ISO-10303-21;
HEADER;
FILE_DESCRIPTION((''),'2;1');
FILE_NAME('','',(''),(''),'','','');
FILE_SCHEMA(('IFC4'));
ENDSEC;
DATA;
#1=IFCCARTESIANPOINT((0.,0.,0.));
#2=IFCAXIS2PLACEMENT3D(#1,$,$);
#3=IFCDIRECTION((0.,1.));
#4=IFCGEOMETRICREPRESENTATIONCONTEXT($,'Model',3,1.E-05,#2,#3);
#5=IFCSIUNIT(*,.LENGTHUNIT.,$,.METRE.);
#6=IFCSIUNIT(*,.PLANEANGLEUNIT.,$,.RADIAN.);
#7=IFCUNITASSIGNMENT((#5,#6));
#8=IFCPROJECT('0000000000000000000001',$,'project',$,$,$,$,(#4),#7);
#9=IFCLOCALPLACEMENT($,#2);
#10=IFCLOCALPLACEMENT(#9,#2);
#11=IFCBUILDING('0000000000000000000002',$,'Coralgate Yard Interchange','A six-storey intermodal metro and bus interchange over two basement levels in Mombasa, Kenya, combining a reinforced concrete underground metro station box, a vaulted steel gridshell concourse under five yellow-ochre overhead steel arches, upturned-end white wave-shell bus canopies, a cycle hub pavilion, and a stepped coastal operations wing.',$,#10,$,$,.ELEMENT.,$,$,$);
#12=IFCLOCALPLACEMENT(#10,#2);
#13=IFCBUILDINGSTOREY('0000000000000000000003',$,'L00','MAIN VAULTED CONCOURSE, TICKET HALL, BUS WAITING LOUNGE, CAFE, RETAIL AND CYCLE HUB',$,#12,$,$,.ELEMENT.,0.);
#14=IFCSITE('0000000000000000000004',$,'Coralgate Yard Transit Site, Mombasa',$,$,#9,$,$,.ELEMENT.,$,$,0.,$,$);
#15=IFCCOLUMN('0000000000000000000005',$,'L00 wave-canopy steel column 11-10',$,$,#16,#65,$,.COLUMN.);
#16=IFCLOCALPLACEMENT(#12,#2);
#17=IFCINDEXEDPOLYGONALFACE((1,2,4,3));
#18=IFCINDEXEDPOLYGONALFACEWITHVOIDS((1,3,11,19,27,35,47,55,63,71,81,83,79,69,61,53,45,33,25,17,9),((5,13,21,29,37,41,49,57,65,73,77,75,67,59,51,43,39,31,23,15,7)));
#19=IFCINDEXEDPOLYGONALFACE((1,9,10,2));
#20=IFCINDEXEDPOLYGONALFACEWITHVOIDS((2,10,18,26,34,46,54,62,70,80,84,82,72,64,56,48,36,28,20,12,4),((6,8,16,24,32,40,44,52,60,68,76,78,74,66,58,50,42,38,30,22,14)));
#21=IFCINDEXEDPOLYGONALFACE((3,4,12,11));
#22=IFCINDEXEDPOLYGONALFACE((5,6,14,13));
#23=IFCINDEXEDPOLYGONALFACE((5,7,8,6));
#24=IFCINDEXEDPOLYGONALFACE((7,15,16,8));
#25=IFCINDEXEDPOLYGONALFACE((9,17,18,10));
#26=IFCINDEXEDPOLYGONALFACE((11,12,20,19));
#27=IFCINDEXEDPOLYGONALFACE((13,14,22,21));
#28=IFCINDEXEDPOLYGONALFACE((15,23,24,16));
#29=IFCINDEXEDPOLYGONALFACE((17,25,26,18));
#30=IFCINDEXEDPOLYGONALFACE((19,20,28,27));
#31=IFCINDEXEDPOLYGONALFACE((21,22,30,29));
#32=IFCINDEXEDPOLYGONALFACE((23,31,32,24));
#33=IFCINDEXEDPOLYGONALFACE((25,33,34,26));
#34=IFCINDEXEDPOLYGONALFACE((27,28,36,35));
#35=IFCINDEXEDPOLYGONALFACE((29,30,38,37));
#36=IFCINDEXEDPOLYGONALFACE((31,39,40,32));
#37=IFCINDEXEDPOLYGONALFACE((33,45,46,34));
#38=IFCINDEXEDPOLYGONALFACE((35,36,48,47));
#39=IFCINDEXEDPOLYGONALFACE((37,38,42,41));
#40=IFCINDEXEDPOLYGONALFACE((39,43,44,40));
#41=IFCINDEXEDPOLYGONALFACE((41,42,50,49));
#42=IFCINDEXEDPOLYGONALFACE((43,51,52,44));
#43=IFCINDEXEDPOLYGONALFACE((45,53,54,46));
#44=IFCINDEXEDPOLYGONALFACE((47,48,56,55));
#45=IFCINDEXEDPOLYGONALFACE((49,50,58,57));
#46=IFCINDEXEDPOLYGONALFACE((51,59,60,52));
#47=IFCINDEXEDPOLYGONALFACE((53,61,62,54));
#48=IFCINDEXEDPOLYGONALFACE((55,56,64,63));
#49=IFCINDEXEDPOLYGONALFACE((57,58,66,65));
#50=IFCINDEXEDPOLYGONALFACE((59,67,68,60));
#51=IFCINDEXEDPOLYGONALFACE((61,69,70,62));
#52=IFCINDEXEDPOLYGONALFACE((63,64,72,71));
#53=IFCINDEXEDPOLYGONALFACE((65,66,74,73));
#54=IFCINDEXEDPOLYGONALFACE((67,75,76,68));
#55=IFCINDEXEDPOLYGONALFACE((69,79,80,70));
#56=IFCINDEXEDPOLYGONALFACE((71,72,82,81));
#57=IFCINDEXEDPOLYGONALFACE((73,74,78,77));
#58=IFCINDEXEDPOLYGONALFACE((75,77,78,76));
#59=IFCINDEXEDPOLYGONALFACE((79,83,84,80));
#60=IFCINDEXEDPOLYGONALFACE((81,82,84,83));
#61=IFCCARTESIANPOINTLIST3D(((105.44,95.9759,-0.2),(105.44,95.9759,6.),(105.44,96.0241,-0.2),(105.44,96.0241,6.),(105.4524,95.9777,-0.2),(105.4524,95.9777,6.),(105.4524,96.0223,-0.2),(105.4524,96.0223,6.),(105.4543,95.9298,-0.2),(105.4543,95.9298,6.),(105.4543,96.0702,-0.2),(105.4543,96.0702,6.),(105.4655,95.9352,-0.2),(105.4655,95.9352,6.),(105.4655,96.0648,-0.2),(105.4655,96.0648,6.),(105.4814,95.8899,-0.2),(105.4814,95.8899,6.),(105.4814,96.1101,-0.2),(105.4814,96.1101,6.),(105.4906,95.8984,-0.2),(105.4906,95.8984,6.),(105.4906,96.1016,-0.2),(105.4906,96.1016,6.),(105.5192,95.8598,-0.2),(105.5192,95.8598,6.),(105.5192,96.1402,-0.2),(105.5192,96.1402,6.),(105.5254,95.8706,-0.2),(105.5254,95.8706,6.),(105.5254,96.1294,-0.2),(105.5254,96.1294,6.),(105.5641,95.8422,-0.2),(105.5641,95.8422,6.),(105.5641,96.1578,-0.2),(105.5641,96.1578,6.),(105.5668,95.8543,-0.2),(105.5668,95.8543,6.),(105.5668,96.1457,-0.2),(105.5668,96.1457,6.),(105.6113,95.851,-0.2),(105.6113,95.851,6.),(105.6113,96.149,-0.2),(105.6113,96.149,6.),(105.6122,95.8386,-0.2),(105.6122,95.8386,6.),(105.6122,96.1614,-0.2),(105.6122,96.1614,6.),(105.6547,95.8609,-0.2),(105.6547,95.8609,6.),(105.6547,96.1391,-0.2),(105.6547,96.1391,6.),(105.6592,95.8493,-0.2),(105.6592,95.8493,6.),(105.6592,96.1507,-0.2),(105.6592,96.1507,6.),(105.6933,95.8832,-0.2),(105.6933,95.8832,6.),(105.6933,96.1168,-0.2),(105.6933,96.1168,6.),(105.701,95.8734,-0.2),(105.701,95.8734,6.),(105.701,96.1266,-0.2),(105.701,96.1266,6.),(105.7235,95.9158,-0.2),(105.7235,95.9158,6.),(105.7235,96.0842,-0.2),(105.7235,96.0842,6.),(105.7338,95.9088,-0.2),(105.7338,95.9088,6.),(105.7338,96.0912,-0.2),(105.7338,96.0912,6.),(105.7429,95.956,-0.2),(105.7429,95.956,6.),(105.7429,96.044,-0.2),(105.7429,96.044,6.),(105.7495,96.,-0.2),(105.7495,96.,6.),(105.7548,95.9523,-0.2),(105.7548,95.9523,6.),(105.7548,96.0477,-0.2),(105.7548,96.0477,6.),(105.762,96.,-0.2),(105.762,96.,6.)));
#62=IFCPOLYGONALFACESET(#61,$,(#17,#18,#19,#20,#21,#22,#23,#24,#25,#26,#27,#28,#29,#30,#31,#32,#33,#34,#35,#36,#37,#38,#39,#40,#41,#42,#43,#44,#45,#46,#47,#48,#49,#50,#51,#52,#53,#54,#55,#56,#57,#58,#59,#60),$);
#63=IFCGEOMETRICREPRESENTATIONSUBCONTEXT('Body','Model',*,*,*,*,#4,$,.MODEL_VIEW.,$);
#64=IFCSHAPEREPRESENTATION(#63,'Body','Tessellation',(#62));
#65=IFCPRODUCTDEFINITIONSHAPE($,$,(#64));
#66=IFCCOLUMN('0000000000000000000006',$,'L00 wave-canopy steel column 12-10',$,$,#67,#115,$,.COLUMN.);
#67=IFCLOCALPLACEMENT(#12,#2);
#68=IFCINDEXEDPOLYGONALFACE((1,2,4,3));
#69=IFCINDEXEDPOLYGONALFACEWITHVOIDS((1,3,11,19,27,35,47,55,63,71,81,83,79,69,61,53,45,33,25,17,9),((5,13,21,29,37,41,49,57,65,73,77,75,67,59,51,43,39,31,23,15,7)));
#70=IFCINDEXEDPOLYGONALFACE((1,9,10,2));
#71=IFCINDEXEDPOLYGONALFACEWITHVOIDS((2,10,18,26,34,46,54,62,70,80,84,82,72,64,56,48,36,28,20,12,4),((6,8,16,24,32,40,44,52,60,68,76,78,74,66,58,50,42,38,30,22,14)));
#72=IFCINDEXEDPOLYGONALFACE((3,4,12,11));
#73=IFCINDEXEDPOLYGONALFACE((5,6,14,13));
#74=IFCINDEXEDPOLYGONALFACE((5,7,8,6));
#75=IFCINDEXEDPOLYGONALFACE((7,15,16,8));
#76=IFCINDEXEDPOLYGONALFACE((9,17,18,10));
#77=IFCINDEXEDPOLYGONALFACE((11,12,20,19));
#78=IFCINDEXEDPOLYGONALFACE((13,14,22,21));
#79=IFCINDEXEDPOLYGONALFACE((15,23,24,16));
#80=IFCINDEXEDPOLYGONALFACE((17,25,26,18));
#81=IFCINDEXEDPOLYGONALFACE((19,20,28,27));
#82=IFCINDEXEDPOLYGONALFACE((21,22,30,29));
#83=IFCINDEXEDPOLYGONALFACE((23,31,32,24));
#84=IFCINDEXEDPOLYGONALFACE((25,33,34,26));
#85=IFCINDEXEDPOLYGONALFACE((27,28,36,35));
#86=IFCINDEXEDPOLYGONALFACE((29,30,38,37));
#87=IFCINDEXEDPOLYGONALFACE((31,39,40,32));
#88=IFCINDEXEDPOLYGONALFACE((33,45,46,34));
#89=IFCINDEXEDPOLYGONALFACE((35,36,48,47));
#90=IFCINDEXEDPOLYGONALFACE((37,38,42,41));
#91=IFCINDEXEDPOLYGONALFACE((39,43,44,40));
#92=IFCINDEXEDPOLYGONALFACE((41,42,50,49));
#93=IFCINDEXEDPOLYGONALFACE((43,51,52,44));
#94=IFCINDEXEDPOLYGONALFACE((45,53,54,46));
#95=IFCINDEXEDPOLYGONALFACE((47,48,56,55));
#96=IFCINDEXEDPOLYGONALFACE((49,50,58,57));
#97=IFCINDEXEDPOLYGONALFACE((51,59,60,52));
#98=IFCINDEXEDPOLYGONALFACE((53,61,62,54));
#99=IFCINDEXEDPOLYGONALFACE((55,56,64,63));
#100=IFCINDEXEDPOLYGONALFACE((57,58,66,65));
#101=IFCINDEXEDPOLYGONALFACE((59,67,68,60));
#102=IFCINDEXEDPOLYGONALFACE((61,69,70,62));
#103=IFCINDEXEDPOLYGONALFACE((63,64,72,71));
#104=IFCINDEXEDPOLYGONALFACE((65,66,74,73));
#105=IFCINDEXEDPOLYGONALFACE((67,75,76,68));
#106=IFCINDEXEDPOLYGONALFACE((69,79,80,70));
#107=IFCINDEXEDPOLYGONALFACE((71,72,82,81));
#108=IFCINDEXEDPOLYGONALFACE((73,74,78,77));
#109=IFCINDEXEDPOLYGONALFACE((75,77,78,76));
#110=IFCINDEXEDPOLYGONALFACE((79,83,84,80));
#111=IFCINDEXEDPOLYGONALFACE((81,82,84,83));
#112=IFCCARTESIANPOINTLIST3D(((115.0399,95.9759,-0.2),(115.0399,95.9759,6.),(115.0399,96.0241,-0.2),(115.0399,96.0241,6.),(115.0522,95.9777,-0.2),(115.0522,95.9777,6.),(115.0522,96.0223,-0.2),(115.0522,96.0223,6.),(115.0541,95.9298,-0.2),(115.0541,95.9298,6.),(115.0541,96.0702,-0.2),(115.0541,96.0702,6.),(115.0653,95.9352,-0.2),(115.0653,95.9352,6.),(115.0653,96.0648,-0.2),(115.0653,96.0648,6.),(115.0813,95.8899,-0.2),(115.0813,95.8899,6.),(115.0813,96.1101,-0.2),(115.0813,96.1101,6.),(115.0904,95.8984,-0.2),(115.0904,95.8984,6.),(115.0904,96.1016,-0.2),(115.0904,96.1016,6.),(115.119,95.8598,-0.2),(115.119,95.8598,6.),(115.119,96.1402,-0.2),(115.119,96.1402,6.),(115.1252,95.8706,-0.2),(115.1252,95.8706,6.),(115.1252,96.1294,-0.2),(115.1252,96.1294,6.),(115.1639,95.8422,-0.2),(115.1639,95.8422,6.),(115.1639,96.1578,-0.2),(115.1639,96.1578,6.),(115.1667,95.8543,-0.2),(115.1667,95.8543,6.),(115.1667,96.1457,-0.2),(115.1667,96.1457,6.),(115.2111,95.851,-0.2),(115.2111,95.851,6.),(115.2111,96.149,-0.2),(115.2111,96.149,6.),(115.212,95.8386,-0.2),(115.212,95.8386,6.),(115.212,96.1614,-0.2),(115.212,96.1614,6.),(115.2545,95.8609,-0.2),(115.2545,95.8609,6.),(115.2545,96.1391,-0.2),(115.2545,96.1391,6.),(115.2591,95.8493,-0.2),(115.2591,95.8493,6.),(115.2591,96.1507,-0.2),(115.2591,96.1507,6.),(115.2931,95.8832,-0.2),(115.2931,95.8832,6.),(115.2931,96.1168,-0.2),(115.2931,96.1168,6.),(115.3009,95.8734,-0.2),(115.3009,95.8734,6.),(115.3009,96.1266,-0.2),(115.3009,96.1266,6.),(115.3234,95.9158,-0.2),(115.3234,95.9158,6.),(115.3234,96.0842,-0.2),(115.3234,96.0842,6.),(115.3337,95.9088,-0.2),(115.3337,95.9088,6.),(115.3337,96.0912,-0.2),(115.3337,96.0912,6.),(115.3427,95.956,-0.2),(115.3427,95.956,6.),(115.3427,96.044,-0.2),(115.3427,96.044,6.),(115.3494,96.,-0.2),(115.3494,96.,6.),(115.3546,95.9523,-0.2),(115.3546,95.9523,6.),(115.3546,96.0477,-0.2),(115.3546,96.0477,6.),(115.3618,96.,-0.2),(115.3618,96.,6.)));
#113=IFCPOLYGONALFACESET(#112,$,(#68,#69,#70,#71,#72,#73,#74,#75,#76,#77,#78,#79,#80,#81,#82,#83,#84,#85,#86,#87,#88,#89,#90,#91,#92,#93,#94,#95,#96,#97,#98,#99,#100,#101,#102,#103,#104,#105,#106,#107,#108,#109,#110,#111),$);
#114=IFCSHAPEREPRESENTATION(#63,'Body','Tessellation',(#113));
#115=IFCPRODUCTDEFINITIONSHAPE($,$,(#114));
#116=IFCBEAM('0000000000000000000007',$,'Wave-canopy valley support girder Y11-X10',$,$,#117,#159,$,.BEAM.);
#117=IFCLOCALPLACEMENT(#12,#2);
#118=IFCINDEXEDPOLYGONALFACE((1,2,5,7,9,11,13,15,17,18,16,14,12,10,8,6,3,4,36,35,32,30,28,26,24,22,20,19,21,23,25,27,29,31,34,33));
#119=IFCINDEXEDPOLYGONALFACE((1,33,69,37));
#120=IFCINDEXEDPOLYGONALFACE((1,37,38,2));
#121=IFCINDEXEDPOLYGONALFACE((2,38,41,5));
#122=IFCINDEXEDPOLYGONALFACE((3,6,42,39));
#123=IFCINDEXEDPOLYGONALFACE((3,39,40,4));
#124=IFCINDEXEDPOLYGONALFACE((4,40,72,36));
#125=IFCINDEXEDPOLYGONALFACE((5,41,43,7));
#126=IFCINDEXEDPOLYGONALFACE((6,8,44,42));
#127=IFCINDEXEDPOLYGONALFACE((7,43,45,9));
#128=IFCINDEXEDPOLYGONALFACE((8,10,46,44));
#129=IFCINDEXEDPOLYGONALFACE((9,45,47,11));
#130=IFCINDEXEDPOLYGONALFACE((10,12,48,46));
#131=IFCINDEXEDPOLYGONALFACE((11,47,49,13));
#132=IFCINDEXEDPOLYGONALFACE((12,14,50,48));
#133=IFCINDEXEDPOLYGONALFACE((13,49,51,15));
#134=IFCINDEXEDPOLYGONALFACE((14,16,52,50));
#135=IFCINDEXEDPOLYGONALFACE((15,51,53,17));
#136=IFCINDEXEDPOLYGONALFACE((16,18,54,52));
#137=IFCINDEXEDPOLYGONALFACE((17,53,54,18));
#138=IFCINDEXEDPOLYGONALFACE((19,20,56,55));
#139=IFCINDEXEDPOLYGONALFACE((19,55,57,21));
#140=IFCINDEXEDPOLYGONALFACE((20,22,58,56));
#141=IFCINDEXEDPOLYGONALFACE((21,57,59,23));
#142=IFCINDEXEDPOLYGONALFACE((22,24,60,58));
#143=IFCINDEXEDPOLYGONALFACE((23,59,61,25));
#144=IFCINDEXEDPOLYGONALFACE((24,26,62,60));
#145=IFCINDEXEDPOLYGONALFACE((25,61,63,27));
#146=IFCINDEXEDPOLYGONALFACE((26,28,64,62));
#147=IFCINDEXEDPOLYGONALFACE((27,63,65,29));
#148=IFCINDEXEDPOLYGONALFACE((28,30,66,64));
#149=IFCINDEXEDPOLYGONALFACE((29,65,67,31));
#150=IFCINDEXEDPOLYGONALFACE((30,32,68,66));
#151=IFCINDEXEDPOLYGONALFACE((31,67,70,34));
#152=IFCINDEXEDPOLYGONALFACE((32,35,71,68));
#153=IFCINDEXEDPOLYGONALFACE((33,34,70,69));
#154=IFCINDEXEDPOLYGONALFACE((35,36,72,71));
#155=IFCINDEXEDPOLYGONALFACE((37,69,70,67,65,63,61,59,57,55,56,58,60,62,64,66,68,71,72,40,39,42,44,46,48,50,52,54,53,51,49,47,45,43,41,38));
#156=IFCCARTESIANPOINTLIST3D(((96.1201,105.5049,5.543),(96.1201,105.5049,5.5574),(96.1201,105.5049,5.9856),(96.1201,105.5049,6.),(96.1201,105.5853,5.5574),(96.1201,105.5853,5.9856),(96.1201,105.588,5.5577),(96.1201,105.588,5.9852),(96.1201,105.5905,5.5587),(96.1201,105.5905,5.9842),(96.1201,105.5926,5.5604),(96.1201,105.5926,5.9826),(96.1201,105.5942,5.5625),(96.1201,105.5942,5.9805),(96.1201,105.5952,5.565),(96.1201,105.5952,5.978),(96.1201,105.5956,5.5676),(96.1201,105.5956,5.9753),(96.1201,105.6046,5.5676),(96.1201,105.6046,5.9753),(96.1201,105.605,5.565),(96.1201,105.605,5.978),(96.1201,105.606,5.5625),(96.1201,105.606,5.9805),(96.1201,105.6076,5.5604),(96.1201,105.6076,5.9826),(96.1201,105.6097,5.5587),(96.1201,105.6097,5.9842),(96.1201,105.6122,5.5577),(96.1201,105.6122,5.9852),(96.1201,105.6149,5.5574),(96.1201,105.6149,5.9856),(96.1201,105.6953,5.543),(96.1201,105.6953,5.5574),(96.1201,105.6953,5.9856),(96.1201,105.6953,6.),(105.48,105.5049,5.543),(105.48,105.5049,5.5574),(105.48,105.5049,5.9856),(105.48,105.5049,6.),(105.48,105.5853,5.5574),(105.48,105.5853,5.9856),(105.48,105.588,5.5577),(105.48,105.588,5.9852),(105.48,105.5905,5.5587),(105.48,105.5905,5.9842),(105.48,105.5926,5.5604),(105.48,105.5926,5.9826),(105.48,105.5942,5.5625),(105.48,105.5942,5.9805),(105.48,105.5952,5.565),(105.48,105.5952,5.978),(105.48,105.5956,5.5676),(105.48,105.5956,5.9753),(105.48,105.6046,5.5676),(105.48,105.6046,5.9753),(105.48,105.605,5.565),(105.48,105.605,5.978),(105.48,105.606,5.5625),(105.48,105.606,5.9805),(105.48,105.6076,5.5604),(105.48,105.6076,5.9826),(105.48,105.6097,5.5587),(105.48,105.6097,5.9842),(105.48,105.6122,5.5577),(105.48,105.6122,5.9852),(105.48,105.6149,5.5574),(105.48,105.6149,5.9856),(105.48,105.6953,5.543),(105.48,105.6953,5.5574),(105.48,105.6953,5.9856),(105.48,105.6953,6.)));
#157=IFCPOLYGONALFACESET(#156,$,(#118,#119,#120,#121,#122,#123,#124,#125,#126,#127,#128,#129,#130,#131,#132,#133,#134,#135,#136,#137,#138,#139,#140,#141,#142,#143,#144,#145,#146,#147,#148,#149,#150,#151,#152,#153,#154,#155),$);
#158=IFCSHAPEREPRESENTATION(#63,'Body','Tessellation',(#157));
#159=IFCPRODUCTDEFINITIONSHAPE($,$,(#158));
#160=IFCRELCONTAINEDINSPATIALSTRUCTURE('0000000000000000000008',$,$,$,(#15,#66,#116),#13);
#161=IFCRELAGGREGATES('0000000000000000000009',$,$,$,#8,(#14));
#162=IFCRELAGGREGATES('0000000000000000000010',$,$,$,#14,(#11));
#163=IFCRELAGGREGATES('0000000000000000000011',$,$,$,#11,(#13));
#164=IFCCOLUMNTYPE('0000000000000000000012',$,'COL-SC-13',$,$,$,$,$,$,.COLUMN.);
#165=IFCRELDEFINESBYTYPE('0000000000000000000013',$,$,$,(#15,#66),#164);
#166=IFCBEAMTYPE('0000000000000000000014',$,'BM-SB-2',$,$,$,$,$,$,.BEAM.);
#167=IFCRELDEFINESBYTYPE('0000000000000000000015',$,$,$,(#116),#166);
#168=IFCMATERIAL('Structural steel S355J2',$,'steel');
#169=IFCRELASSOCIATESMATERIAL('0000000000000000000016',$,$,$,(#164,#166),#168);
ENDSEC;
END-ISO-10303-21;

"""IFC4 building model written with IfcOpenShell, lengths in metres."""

from ifc_helpers import new_model, si_unit, direction, frame, origin, origin_2d, place, context, subcontext, project, spatial, hollow_circle, i_section, extrude, material, material_profile, profile_set, type_object, element, save


model = new_model("IFC4")

# Units and contexts
model_context = context("Model", 3, precision=1e-05, world=origin(), true_north=direction((0.0, 1.0)))
body_context = subcontext(model_context, "Body", "Model", "MODEL_VIEW")
ifc_project = project(units=[si_unit("LENGTHUNIT", "METRE"), si_unit("PLANEANGLEUNIT", "RADIAN")], contexts=[model_context])

# Site, building, storey
site_placement = place(None, origin())
site = spatial("IfcSite", under=ifc_project, at=site_placement, Name="Coralgate Yard Transit Site, Mombasa", CompositionType="ELEMENT", RefElevation=0.0)
building_placement = place(site_placement, origin())
building = spatial("IfcBuilding", under=site, at=building_placement, Name="Coralgate Yard Interchange", Description="A six-storey intermodal metro and bus interchange over two basement levels in Mombasa, Kenya, combining a reinforced concrete underground metro station box, a vaulted steel gridshell concourse under five yellow-ochre overhead steel arches, upturned-end white wave-shell bus canopies, a cycle hub pavilion, and a stepped coastal operations wing.", CompositionType="ELEMENT")
storey_placement = place(building_placement, origin())
storey = spatial("IfcBuildingStorey", under=building, at=storey_placement, Name="L00", Description="MAIN VAULTED CONCOURSE, TICKET HALL, BUS WAITING LOUNGE, CAFE, RETAIL AND CYCLE HUB", CompositionType="ELEMENT", Elevation=0.0)

# Columns
ifc_material_1 = material(Name="Structural steel S355J2", Category="steel")
ifc_material_profile_1 = material_profile(ifc_material_1, hollow_circle(Radius=0.1619, WallThickness=0.0125, at=origin_2d()), Name="CHS 323.9x12.5")
ifc_profile_set_1 = profile_set([ifc_material_profile_1], Name="Structural steel S355J2")
column_type = type_object("IfcColumnType", Name="COL-SC-13", PredefinedType="COLUMN", material=ifc_profile_set_1)
for number, where, z_axis, x_axis, name in (
    (1, (105.6001, 96.0, -0.2), (0.0, 0.0, 1.0), (1.0, 0.0, 0.0), "L00 wave-canopy steel column 11-10"),
    (2, (115.2, 96.0, -0.2), (0.0, 0.0, 1.0), (1.0, 0.0, 0.0), "L00 wave-canopy steel column 12-10"),
):
    element("IfcColumn", number, at=place(storey_placement, frame(where, z_axis=z_axis, x_axis=x_axis)), inside=storey, type_object=column_type, Name=name, PredefinedType="COLUMN", context=body_context, shape_type="SweptSolid", body=[
        extrude(hollow_circle(Radius=0.1619, WallThickness=0.0125, at=origin_2d()), origin(), (0.0, 0.0, 1.0), 6.2),
    ])

# Beam
ifc_material_profile_2 = material_profile(ifc_material_1, i_section(OverallWidth=0.1904, OverallDepth=0.457, WebThickness=0.009, FlangeThickness=0.0144, FilletRadius=0.0103, at=origin_2d()), Name="UB 457x191x74")
ifc_profile_set_2 = profile_set([ifc_material_profile_2], Name="Structural steel S355J2")
beam_type_1 = type_object("IfcBeamType", Name="BM-SB-2", PredefinedType="BEAM", material=ifc_profile_set_2)
beam_1_placement = place(storey_placement, frame((96.1201, 105.6001, 5.7715), z_axis=(1.0, 0.0, 0.0), x_axis=(0.0, 1.0, 0.0)))
element("IfcBeam", 3, at=beam_1_placement, inside=storey, type_object=beam_type_1, Name="Wave-canopy valley support girder Y11-X10", PredefinedType="BEAM", context=body_context, shape_type="SweptSolid", body=[
    extrude(i_section(OverallWidth=0.1904, OverallDepth=0.457, WebThickness=0.009, FlangeThickness=0.0144, FilletRadius=0.0103, at=origin_2d()), origin(), (0.0, 0.0, 1.0), 9.3599),
])

save(model, "model.ifc")
